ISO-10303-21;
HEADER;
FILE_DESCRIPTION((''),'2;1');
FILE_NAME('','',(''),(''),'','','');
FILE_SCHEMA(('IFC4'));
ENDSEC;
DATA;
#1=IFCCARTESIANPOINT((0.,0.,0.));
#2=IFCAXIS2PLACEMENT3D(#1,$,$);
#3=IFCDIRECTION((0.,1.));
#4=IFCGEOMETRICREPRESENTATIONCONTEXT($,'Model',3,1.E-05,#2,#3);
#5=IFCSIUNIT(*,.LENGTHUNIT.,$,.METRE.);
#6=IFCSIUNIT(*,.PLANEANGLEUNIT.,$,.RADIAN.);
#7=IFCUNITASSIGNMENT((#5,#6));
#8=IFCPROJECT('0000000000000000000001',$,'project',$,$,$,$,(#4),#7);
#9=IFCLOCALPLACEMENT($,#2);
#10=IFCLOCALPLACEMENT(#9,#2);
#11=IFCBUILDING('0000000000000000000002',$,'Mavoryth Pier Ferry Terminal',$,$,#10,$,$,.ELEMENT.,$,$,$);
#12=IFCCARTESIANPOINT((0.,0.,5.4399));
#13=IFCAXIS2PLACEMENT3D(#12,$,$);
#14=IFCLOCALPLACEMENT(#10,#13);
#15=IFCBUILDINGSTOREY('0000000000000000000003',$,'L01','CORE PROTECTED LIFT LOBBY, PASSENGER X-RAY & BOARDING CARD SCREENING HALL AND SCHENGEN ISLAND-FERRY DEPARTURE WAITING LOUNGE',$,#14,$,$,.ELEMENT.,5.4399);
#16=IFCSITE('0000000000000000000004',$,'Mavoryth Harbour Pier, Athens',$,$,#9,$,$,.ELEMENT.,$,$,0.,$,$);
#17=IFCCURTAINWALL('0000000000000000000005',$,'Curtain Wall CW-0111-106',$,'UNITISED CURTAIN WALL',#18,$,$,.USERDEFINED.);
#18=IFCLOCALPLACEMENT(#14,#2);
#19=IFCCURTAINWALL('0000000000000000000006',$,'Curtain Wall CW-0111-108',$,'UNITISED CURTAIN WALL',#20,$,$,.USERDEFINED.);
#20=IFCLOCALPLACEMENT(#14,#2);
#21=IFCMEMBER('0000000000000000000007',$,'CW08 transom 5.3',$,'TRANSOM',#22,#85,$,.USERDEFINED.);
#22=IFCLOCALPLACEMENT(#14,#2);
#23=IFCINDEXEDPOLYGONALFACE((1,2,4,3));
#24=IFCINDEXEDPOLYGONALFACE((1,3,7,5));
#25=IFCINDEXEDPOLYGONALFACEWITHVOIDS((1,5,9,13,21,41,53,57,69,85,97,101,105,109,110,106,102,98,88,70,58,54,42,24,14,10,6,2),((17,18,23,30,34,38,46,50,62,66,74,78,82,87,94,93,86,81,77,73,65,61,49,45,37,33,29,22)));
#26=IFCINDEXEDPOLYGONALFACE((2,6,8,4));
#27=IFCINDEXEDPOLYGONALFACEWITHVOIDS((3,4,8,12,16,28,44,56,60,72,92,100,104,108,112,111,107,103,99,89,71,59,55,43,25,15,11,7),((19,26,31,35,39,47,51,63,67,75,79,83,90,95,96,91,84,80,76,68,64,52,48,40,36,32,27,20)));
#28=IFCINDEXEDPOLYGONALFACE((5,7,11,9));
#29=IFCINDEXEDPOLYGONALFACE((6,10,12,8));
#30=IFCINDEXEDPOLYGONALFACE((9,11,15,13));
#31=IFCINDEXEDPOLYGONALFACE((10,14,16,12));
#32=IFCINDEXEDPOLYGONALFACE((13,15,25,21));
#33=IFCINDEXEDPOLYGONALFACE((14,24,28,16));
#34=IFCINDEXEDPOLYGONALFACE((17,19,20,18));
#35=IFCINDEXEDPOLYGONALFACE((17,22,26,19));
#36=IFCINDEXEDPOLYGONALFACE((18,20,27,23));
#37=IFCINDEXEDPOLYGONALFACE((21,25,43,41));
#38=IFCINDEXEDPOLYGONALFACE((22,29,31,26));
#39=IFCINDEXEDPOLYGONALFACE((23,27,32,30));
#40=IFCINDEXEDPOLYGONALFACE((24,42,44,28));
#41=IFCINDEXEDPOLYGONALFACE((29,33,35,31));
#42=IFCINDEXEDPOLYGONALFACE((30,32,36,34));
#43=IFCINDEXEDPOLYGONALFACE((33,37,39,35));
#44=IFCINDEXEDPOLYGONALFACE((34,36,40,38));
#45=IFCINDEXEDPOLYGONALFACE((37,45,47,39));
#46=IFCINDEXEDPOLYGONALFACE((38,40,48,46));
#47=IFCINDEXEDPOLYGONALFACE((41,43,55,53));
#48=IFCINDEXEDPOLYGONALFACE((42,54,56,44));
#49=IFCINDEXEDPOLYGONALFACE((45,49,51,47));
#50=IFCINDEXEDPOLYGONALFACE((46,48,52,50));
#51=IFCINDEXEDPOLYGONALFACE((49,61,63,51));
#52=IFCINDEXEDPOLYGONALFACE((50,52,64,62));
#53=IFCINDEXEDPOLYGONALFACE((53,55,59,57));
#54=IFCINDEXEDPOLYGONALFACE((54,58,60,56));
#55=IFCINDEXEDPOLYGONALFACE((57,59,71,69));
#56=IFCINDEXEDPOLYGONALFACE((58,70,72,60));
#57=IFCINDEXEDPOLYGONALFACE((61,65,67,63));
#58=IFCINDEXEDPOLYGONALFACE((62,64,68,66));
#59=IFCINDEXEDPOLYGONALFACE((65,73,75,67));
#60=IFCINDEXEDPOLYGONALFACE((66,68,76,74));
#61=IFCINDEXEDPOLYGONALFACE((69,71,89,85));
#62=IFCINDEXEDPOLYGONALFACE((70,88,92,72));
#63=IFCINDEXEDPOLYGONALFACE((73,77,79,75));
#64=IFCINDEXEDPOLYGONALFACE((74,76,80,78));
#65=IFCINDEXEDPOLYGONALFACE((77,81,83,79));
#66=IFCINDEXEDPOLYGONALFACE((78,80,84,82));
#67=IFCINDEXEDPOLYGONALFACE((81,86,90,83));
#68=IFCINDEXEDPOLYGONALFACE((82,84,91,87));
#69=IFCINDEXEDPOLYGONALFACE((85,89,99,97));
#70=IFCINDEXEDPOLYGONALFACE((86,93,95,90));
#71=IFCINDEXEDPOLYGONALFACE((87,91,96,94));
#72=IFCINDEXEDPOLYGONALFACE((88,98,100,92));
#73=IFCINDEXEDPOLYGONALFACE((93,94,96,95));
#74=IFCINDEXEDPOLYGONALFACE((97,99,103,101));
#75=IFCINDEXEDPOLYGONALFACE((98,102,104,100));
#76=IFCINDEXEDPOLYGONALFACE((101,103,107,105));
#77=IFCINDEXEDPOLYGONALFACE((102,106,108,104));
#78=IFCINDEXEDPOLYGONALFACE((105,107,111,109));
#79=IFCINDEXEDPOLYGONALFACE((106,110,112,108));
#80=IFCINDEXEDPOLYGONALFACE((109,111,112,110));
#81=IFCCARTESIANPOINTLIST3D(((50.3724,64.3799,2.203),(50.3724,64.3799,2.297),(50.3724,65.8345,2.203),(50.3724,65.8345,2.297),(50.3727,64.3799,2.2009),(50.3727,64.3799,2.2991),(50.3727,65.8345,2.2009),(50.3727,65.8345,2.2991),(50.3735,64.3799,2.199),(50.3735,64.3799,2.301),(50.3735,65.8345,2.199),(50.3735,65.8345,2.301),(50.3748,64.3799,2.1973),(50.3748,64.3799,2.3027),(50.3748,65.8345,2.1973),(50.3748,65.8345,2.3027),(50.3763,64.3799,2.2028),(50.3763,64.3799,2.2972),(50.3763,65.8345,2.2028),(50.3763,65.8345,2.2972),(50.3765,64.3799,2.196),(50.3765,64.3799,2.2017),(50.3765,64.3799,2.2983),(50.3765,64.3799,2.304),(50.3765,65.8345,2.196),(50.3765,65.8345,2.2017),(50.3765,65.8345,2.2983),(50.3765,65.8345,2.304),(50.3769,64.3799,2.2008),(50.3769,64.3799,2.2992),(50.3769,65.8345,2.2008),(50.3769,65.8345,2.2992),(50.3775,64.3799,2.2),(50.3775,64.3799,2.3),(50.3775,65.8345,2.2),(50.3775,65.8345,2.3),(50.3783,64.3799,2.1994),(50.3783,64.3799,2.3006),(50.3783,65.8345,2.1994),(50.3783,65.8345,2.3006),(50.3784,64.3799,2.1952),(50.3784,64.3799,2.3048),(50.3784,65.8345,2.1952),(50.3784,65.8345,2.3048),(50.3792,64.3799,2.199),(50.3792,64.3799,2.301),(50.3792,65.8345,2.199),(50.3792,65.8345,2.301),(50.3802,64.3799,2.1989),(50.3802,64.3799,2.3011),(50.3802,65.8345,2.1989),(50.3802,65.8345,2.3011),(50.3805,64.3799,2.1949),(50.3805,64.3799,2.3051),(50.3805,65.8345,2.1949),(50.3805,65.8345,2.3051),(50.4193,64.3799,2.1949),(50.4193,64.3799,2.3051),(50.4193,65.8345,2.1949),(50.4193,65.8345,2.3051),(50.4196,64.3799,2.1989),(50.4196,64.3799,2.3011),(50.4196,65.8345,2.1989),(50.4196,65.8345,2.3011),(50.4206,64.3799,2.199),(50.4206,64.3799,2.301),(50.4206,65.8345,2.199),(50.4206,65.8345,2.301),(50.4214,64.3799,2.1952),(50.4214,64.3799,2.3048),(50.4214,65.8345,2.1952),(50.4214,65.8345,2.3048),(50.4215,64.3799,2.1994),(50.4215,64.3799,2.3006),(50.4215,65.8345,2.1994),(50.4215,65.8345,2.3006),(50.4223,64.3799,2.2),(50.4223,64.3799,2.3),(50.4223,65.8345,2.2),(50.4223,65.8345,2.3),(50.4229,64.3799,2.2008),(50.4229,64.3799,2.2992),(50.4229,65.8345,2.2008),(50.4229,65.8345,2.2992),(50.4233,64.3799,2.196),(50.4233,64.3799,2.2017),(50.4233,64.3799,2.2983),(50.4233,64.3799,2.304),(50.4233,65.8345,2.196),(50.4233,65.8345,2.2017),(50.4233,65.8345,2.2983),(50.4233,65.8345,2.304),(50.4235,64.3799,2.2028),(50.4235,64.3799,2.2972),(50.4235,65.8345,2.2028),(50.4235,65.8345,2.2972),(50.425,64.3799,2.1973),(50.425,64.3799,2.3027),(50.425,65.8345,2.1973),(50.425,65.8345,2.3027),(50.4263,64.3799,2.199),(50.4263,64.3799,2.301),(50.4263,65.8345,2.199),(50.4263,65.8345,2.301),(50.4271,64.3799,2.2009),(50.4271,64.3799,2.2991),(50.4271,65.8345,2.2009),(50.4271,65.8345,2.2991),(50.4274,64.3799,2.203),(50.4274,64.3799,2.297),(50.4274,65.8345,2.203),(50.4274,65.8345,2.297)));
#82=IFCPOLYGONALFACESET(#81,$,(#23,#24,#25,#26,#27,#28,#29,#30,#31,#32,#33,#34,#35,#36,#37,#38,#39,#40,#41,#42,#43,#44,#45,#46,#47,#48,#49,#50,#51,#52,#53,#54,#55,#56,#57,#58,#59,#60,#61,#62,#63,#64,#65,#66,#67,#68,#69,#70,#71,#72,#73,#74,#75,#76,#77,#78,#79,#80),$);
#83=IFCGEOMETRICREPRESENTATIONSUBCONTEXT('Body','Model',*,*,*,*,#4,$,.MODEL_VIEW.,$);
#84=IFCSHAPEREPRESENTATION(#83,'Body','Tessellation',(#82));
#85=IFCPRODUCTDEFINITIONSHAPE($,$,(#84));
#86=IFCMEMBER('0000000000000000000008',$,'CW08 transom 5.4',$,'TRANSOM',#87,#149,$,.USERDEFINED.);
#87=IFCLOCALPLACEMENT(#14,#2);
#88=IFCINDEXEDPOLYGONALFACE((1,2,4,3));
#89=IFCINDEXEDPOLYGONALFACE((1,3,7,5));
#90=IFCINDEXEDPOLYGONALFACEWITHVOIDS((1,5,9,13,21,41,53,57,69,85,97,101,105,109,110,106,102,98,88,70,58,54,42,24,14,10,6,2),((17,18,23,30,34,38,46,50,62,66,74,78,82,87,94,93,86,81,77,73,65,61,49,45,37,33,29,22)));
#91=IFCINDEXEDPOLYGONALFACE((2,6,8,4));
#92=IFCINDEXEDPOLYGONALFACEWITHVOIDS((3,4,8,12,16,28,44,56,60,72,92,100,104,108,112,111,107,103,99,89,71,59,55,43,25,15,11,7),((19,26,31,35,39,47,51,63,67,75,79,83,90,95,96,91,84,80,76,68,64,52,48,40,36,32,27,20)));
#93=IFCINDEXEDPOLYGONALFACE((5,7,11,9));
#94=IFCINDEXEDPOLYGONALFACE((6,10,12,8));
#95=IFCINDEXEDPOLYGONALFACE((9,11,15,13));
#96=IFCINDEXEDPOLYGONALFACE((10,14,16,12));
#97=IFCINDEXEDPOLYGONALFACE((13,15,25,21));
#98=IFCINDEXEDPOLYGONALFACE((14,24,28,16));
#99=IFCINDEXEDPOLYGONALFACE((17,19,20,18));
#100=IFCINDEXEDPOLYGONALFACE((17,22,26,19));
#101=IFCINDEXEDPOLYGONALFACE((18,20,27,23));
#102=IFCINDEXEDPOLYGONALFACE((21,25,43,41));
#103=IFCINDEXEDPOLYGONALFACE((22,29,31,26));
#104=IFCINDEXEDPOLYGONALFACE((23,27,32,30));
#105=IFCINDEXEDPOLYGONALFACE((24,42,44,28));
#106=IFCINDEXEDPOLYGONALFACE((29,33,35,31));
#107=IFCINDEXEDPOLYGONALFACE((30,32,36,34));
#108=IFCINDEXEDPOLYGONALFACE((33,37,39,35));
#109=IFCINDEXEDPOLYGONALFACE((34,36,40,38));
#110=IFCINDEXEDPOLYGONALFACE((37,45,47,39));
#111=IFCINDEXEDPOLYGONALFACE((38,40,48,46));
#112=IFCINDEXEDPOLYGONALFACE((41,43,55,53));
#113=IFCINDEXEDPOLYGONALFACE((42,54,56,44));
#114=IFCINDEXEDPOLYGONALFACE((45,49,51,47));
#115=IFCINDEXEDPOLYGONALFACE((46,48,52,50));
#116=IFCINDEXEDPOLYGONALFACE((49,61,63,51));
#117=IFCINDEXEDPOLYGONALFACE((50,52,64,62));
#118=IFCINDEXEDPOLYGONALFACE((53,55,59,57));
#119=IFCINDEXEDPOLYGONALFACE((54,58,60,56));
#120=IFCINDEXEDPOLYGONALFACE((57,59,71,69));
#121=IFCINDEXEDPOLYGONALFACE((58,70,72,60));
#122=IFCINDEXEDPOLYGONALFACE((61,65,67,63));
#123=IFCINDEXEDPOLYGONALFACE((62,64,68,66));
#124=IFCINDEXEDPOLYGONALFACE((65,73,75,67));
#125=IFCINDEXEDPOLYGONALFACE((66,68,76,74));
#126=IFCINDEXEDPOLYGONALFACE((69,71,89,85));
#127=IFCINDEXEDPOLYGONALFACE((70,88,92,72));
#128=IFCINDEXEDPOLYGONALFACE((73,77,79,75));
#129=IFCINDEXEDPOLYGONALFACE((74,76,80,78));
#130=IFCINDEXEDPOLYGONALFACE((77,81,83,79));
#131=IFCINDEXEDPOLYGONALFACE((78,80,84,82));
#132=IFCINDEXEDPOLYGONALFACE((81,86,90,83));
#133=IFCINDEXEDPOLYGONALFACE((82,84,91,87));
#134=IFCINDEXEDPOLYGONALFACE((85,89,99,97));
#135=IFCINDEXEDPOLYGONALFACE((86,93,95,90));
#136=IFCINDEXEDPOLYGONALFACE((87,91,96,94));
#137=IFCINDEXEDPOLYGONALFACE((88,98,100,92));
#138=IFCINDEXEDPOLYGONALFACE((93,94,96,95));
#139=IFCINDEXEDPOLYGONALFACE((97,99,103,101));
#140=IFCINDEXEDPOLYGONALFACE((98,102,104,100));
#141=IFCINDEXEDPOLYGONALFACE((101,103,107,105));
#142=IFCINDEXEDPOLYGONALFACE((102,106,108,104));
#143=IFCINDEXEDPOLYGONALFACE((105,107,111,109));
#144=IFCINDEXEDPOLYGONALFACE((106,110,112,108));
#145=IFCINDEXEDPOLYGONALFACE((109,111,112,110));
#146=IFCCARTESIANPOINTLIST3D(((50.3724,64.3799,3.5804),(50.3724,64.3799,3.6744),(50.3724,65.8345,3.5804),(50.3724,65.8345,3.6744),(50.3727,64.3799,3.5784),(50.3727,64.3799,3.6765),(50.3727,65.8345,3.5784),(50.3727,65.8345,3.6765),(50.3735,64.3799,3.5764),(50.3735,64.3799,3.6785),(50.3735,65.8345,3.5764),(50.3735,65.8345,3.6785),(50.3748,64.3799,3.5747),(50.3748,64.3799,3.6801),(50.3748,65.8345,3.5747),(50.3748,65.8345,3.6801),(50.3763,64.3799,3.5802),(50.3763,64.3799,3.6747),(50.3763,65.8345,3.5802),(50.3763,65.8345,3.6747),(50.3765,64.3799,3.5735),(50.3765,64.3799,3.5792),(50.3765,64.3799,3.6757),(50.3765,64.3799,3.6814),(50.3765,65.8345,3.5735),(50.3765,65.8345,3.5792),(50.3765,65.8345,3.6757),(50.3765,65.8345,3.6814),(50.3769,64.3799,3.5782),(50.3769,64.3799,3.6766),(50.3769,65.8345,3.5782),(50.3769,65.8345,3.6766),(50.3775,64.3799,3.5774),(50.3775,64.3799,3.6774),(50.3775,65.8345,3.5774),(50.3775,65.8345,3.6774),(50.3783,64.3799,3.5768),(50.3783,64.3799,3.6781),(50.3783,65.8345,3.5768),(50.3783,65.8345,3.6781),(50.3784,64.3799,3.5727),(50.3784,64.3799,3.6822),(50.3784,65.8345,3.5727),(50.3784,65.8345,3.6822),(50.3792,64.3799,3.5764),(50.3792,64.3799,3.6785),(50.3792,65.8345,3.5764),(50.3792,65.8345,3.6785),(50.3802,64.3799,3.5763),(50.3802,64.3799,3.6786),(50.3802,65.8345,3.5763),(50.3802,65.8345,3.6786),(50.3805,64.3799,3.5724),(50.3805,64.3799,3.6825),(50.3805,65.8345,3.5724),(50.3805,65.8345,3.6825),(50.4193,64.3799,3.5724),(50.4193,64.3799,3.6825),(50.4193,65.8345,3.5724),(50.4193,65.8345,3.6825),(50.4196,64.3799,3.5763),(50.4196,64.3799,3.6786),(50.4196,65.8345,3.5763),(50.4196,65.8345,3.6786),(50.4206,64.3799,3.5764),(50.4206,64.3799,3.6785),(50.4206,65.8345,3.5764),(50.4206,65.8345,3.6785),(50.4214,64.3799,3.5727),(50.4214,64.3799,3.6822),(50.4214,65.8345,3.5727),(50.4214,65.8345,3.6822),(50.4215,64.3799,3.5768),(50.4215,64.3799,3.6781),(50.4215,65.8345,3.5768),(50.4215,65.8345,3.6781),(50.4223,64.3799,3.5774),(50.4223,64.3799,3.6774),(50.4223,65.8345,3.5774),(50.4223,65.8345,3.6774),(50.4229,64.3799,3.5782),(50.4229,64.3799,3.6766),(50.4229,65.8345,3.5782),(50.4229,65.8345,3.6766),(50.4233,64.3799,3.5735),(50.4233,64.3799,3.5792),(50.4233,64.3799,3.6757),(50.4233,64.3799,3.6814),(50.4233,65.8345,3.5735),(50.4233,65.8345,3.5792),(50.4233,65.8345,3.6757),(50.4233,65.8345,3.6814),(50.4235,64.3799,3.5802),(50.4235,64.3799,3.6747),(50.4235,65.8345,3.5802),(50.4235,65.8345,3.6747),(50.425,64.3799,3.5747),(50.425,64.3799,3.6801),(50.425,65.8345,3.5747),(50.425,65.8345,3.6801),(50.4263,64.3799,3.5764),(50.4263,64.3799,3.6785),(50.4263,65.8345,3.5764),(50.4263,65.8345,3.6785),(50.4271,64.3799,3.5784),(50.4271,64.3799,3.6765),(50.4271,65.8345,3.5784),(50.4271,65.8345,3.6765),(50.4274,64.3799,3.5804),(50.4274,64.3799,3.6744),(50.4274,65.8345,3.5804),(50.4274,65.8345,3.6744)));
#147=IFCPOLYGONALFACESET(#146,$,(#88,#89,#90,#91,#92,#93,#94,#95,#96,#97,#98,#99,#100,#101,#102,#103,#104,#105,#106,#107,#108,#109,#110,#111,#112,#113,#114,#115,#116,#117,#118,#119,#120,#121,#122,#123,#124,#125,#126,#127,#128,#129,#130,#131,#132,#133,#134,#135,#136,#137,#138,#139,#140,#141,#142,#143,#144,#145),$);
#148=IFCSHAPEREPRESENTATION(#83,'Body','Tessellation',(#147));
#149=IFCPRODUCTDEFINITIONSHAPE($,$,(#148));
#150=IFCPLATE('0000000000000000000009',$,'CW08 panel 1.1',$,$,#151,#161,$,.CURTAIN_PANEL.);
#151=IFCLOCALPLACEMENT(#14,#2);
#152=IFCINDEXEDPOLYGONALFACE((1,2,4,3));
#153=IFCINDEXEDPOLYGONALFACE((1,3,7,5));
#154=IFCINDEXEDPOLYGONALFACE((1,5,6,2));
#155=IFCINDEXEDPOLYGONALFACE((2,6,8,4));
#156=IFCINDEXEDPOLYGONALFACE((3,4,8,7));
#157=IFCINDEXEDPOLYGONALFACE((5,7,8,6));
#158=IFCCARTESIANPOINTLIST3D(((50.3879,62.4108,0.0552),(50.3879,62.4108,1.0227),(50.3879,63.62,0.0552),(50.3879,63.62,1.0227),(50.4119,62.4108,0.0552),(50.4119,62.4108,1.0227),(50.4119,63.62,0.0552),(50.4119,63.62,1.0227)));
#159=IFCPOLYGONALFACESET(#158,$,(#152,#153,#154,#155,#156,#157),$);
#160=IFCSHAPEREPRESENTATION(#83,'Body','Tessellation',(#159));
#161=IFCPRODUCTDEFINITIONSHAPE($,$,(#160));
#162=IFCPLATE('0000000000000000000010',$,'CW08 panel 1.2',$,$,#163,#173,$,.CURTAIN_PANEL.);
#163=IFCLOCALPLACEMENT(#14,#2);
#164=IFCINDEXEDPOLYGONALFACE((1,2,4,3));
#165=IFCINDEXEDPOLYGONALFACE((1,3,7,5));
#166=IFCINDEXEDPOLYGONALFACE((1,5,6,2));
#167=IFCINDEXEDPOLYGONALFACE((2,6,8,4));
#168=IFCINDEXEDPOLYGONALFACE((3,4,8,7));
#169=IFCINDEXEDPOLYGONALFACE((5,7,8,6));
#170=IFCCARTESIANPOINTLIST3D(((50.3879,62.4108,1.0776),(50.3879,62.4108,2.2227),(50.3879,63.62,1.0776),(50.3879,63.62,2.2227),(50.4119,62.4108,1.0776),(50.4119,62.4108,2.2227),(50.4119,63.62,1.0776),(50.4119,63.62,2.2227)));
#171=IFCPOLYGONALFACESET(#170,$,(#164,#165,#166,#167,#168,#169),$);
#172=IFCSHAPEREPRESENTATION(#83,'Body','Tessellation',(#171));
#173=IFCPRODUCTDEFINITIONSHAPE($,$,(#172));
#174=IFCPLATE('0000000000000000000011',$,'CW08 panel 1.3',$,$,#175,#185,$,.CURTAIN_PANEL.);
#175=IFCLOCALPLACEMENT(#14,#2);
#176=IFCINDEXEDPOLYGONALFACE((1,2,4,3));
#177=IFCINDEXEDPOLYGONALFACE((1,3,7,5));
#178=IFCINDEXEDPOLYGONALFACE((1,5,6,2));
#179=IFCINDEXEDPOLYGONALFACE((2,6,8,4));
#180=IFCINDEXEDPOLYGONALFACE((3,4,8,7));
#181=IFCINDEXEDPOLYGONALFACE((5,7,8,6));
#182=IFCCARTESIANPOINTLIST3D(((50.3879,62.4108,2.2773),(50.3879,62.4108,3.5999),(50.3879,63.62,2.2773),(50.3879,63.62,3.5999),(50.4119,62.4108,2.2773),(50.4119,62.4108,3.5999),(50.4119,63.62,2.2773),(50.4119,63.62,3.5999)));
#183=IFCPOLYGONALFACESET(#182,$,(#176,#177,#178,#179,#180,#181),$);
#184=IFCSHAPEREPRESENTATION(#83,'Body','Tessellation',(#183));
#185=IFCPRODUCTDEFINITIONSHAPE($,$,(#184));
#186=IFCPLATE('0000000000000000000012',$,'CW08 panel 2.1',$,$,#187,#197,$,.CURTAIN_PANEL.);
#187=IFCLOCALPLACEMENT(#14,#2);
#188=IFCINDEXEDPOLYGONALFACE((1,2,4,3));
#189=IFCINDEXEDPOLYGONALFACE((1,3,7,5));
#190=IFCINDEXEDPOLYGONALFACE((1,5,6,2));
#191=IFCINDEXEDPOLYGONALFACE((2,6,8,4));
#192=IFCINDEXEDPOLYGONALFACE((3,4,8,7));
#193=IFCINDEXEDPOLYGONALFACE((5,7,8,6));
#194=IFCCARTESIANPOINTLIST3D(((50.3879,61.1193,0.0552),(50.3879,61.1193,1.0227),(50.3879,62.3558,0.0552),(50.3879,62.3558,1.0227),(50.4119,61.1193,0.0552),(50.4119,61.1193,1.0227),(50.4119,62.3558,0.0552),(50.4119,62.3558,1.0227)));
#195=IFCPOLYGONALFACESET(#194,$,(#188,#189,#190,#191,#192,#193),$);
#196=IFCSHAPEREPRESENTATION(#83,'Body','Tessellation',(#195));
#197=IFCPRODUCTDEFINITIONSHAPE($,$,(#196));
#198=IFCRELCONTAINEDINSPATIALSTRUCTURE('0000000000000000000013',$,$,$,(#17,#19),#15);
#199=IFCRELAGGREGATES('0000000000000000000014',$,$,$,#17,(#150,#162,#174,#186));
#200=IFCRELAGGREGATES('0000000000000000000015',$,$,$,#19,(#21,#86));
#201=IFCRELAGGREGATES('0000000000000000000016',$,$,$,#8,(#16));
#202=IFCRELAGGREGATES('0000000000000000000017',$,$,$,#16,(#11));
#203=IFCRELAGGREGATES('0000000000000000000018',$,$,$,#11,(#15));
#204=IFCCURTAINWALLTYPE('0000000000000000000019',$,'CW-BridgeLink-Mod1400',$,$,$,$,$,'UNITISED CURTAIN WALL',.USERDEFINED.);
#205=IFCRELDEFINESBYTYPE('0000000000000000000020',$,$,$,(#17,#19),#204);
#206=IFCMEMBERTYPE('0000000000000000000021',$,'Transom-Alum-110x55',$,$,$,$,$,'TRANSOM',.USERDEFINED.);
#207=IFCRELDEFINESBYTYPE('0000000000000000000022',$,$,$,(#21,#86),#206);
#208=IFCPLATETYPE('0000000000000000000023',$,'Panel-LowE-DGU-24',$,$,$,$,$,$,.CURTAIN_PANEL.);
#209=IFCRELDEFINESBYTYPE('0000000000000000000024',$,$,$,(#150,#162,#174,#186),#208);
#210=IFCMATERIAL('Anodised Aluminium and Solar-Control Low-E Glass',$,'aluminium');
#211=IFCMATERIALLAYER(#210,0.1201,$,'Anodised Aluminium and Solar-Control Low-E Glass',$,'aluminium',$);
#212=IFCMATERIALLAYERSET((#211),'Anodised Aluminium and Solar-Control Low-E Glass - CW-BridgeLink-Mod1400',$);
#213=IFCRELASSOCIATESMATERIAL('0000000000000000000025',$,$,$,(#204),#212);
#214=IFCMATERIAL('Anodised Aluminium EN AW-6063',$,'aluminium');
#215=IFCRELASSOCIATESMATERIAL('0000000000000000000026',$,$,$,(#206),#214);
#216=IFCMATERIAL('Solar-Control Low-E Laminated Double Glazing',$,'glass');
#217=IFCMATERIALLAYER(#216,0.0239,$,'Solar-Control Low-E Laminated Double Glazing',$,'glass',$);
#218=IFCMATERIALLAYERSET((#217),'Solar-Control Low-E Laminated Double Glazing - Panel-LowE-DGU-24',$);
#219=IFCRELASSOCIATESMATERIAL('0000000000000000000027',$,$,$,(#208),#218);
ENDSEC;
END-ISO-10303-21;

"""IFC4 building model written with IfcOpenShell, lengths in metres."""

from ifc_helpers import new_model, si_unit, direction, frame, origin, origin_2d, place, context, subcontext, project, spatial, rectangle, hollow_rectangle, extrude, material, layer, layer_set, material_profile, profile_set, type_object, element, aggregate, save


model = new_model("IFC4")

# Units and contexts
model_context = context("Model", 3, precision=1e-05, world=origin(), true_north=direction((0.0, 1.0)))
body_context = subcontext(model_context, "Body", "Model", "MODEL_VIEW")
ifc_project = project(units=[si_unit("LENGTHUNIT", "METRE"), si_unit("PLANEANGLEUNIT", "RADIAN")], contexts=[model_context])

# Site, building, storey
site_placement = place(None, origin())
site = spatial("IfcSite", under=ifc_project, at=site_placement, Name="Mavoryth Harbour Pier, Athens", CompositionType="ELEMENT", RefElevation=0.0)
building_placement = place(site_placement, origin())
building = spatial("IfcBuilding", under=site, at=building_placement, Name="Mavoryth Pier Ferry Terminal", CompositionType="ELEMENT")
storey_placement = place(building_placement, frame((0.0, 0.0, 5.4399)))
storey = spatial("IfcBuildingStorey", under=building, at=storey_placement, Name="L01", Description="CORE PROTECTED LIFT LOBBY, PASSENGER X-RAY & BOARDING CARD SCREENING HALL AND SCHENGEN ISLAND-FERRY DEPARTURE WAITING LOUNGE", CompositionType="ELEMENT", Elevation=5.4399)

# Curtain walls
ifc_material_1 = material(Name="Anodised Aluminium and Solar-Control Low-E Glass", Category="aluminium")
ifc_layer_1 = layer(ifc_material_1, 0.1201, Name="Anodised Aluminium and Solar-Control Low-E Glass", Category="aluminium")
ifc_layer_set_1 = layer_set([ifc_layer_1], Name="Anodised Aluminium and Solar-Control Low-E Glass - CW-BridgeLink-Mod1400")
curtain_wall_type = type_object("IfcCurtainWallType", Name="CW-BridgeLink-Mod1400", ElementType="UNITISED CURTAIN WALL", PredefinedType="USERDEFINED", material=ifc_layer_set_1)
curtain_wall_1_placement = place(storey_placement, origin())
curtain_wall_1 = element("IfcCurtainWall", 1, at=curtain_wall_1_placement, inside=storey, type_object=curtain_wall_type, Name="Curtain Wall CW-0111-106", ObjectType="UNITISED CURTAIN WALL", PredefinedType="USERDEFINED")
ifc_material_2 = material(Name="Anodised Aluminium EN AW-6063", Category="aluminium")
curtain_wall_2_placement = place(storey_placement, origin())
curtain_wall_2 = element("IfcCurtainWall", 2, at=curtain_wall_2_placement, inside=storey, type_object=curtain_wall_type, Name="Curtain Wall CW-0111-108", ObjectType="UNITISED CURTAIN WALL", PredefinedType="USERDEFINED")

# Members
ifc_material_profile_1 = material_profile(ifc_material_2, hollow_rectangle(XDim=0.0549, YDim=0.1101, WallThickness=0.0039, InnerFilletRadius=0.0039, OuterFilletRadius=0.0081, at=origin_2d()), Name="AL-TRAN 110x55x4", Category="aluminium")
ifc_profile_set_1 = profile_set([ifc_material_profile_1], Name="Anodised Aluminium EN AW-6063 - AL-TRAN 110x55x4")
member_type_1 = type_object("IfcMemberType", Name="Transom-Alum-110x55", ElementType="TRANSOM", PredefinedType="USERDEFINED", material=ifc_profile_set_1)
member_1_placement = place(storey_placement, frame((50.3999, 65.8345, 2.25), z_axis=(0.0, -1.0, 0.0), x_axis=(1.0, 0.0, 0.0)))
member_1 = element("IfcMember", 3, at=member_1_placement, type_object=member_type_1, Name="CW08 transom 5.3", ObjectType="TRANSOM", PredefinedType="USERDEFINED", context=body_context, shape_type="SweptSolid", body=[
    extrude(hollow_rectangle(XDim=0.0549, YDim=0.1101, WallThickness=0.0039, InnerFilletRadius=0.0039, OuterFilletRadius=0.0081, at=origin_2d()), origin(), (0.0, 0.0, 1.0), 1.4546),
])
member_2_placement = place(storey_placement, frame((50.3999, 65.8345, 3.6274), z_axis=(0.0, -1.0, 0.0), x_axis=(1.0, 0.0, 0.0)))
member_2 = element("IfcMember", 4, at=member_2_placement, type_object=member_type_1, Name="CW08 transom 5.4", ObjectType="TRANSOM", PredefinedType="USERDEFINED", context=body_context, shape_type="SweptSolid", body=[
    extrude(hollow_rectangle(XDim=0.0549, YDim=0.1101, WallThickness=0.0039, InnerFilletRadius=0.0039, OuterFilletRadius=0.0081, at=origin_2d()), origin(), (0.0, 0.0, 1.0), 1.4546),
])

# Plates
ifc_material_3 = material(Name="Solar-Control Low-E Laminated Double Glazing", Category="glass")
ifc_layer_2 = layer(ifc_material_3, 0.0239, Name="Solar-Control Low-E Laminated Double Glazing", Category="glass")
ifc_layer_set_2 = layer_set([ifc_layer_2], Name="Solar-Control Low-E Laminated Double Glazing - Panel-LowE-DGU-24")
plate_type = type_object("IfcPlateType", Name="Panel-LowE-DGU-24", PredefinedType="CURTAIN_PANEL", material=ifc_layer_set_2)
plate_1_placement = place(storey_placement, frame((50.3999, 63.0154, 0.0552), z_axis=(0.0, 0.0, 1.0), x_axis=(0.0, -1.0, 0.0)))
plate_1 = element("IfcPlate", 5, at=plate_1_placement, type_object=plate_type, Name="CW08 panel 1.1", PredefinedType="CURTAIN_PANEL", context=body_context, shape_type="SweptSolid", body=[
    extrude(rectangle(XDim=1.2092, YDim=0.0239, at=origin_2d()), origin(), (0.0, 0.0, 1.0), 0.9675),
])
plate_2_placement = place(storey_placement, frame((50.3999, 63.0154, 1.0776), z_axis=(0.0, 0.0, 1.0), x_axis=(0.0, -1.0, 0.0)))
plate_2 = element("IfcPlate", 6, at=plate_2_placement, type_object=plate_type, Name="CW08 panel 1.2", PredefinedType="CURTAIN_PANEL", context=body_context, shape_type="SweptSolid", body=[
    extrude(rectangle(XDim=1.2092, YDim=0.0239, at=origin_2d()), origin(), (0.0, 0.0, 1.0), 1.145),
])
plate_3_placement = place(storey_placement, frame((50.3999, 63.0154, 2.2773), z_axis=(0.0, 0.0, 1.0), x_axis=(0.0, -1.0, 0.0)))
plate_3 = element("IfcPlate", 7, at=plate_3_placement, type_object=plate_type, Name="CW08 panel 1.3", PredefinedType="CURTAIN_PANEL", context=body_context, shape_type="SweptSolid", body=[
    extrude(rectangle(XDim=1.2092, YDim=0.0239, at=origin_2d()), origin(), (0.0, 0.0, 1.0), 1.3225),
])
plate_4_placement = place(storey_placement, frame((50.3999, 61.7375, 0.0552), z_axis=(0.0, 0.0, 1.0), x_axis=(0.0, -1.0, 0.0)))
plate_4 = element("IfcPlate", 8, at=plate_4_placement, type_object=plate_type, Name="CW08 panel 2.1", PredefinedType="CURTAIN_PANEL", context=body_context, shape_type="SweptSolid", body=[
    extrude(rectangle(XDim=1.2366, YDim=0.0239, at=origin_2d()), origin(), (0.0, 0.0, 1.0), 0.9675),
])
aggregate(curtain_wall_1, [plate_1, plate_2, plate_3, plate_4])
aggregate(curtain_wall_2, [member_1, member_2])

save(model, "model.ifc")
